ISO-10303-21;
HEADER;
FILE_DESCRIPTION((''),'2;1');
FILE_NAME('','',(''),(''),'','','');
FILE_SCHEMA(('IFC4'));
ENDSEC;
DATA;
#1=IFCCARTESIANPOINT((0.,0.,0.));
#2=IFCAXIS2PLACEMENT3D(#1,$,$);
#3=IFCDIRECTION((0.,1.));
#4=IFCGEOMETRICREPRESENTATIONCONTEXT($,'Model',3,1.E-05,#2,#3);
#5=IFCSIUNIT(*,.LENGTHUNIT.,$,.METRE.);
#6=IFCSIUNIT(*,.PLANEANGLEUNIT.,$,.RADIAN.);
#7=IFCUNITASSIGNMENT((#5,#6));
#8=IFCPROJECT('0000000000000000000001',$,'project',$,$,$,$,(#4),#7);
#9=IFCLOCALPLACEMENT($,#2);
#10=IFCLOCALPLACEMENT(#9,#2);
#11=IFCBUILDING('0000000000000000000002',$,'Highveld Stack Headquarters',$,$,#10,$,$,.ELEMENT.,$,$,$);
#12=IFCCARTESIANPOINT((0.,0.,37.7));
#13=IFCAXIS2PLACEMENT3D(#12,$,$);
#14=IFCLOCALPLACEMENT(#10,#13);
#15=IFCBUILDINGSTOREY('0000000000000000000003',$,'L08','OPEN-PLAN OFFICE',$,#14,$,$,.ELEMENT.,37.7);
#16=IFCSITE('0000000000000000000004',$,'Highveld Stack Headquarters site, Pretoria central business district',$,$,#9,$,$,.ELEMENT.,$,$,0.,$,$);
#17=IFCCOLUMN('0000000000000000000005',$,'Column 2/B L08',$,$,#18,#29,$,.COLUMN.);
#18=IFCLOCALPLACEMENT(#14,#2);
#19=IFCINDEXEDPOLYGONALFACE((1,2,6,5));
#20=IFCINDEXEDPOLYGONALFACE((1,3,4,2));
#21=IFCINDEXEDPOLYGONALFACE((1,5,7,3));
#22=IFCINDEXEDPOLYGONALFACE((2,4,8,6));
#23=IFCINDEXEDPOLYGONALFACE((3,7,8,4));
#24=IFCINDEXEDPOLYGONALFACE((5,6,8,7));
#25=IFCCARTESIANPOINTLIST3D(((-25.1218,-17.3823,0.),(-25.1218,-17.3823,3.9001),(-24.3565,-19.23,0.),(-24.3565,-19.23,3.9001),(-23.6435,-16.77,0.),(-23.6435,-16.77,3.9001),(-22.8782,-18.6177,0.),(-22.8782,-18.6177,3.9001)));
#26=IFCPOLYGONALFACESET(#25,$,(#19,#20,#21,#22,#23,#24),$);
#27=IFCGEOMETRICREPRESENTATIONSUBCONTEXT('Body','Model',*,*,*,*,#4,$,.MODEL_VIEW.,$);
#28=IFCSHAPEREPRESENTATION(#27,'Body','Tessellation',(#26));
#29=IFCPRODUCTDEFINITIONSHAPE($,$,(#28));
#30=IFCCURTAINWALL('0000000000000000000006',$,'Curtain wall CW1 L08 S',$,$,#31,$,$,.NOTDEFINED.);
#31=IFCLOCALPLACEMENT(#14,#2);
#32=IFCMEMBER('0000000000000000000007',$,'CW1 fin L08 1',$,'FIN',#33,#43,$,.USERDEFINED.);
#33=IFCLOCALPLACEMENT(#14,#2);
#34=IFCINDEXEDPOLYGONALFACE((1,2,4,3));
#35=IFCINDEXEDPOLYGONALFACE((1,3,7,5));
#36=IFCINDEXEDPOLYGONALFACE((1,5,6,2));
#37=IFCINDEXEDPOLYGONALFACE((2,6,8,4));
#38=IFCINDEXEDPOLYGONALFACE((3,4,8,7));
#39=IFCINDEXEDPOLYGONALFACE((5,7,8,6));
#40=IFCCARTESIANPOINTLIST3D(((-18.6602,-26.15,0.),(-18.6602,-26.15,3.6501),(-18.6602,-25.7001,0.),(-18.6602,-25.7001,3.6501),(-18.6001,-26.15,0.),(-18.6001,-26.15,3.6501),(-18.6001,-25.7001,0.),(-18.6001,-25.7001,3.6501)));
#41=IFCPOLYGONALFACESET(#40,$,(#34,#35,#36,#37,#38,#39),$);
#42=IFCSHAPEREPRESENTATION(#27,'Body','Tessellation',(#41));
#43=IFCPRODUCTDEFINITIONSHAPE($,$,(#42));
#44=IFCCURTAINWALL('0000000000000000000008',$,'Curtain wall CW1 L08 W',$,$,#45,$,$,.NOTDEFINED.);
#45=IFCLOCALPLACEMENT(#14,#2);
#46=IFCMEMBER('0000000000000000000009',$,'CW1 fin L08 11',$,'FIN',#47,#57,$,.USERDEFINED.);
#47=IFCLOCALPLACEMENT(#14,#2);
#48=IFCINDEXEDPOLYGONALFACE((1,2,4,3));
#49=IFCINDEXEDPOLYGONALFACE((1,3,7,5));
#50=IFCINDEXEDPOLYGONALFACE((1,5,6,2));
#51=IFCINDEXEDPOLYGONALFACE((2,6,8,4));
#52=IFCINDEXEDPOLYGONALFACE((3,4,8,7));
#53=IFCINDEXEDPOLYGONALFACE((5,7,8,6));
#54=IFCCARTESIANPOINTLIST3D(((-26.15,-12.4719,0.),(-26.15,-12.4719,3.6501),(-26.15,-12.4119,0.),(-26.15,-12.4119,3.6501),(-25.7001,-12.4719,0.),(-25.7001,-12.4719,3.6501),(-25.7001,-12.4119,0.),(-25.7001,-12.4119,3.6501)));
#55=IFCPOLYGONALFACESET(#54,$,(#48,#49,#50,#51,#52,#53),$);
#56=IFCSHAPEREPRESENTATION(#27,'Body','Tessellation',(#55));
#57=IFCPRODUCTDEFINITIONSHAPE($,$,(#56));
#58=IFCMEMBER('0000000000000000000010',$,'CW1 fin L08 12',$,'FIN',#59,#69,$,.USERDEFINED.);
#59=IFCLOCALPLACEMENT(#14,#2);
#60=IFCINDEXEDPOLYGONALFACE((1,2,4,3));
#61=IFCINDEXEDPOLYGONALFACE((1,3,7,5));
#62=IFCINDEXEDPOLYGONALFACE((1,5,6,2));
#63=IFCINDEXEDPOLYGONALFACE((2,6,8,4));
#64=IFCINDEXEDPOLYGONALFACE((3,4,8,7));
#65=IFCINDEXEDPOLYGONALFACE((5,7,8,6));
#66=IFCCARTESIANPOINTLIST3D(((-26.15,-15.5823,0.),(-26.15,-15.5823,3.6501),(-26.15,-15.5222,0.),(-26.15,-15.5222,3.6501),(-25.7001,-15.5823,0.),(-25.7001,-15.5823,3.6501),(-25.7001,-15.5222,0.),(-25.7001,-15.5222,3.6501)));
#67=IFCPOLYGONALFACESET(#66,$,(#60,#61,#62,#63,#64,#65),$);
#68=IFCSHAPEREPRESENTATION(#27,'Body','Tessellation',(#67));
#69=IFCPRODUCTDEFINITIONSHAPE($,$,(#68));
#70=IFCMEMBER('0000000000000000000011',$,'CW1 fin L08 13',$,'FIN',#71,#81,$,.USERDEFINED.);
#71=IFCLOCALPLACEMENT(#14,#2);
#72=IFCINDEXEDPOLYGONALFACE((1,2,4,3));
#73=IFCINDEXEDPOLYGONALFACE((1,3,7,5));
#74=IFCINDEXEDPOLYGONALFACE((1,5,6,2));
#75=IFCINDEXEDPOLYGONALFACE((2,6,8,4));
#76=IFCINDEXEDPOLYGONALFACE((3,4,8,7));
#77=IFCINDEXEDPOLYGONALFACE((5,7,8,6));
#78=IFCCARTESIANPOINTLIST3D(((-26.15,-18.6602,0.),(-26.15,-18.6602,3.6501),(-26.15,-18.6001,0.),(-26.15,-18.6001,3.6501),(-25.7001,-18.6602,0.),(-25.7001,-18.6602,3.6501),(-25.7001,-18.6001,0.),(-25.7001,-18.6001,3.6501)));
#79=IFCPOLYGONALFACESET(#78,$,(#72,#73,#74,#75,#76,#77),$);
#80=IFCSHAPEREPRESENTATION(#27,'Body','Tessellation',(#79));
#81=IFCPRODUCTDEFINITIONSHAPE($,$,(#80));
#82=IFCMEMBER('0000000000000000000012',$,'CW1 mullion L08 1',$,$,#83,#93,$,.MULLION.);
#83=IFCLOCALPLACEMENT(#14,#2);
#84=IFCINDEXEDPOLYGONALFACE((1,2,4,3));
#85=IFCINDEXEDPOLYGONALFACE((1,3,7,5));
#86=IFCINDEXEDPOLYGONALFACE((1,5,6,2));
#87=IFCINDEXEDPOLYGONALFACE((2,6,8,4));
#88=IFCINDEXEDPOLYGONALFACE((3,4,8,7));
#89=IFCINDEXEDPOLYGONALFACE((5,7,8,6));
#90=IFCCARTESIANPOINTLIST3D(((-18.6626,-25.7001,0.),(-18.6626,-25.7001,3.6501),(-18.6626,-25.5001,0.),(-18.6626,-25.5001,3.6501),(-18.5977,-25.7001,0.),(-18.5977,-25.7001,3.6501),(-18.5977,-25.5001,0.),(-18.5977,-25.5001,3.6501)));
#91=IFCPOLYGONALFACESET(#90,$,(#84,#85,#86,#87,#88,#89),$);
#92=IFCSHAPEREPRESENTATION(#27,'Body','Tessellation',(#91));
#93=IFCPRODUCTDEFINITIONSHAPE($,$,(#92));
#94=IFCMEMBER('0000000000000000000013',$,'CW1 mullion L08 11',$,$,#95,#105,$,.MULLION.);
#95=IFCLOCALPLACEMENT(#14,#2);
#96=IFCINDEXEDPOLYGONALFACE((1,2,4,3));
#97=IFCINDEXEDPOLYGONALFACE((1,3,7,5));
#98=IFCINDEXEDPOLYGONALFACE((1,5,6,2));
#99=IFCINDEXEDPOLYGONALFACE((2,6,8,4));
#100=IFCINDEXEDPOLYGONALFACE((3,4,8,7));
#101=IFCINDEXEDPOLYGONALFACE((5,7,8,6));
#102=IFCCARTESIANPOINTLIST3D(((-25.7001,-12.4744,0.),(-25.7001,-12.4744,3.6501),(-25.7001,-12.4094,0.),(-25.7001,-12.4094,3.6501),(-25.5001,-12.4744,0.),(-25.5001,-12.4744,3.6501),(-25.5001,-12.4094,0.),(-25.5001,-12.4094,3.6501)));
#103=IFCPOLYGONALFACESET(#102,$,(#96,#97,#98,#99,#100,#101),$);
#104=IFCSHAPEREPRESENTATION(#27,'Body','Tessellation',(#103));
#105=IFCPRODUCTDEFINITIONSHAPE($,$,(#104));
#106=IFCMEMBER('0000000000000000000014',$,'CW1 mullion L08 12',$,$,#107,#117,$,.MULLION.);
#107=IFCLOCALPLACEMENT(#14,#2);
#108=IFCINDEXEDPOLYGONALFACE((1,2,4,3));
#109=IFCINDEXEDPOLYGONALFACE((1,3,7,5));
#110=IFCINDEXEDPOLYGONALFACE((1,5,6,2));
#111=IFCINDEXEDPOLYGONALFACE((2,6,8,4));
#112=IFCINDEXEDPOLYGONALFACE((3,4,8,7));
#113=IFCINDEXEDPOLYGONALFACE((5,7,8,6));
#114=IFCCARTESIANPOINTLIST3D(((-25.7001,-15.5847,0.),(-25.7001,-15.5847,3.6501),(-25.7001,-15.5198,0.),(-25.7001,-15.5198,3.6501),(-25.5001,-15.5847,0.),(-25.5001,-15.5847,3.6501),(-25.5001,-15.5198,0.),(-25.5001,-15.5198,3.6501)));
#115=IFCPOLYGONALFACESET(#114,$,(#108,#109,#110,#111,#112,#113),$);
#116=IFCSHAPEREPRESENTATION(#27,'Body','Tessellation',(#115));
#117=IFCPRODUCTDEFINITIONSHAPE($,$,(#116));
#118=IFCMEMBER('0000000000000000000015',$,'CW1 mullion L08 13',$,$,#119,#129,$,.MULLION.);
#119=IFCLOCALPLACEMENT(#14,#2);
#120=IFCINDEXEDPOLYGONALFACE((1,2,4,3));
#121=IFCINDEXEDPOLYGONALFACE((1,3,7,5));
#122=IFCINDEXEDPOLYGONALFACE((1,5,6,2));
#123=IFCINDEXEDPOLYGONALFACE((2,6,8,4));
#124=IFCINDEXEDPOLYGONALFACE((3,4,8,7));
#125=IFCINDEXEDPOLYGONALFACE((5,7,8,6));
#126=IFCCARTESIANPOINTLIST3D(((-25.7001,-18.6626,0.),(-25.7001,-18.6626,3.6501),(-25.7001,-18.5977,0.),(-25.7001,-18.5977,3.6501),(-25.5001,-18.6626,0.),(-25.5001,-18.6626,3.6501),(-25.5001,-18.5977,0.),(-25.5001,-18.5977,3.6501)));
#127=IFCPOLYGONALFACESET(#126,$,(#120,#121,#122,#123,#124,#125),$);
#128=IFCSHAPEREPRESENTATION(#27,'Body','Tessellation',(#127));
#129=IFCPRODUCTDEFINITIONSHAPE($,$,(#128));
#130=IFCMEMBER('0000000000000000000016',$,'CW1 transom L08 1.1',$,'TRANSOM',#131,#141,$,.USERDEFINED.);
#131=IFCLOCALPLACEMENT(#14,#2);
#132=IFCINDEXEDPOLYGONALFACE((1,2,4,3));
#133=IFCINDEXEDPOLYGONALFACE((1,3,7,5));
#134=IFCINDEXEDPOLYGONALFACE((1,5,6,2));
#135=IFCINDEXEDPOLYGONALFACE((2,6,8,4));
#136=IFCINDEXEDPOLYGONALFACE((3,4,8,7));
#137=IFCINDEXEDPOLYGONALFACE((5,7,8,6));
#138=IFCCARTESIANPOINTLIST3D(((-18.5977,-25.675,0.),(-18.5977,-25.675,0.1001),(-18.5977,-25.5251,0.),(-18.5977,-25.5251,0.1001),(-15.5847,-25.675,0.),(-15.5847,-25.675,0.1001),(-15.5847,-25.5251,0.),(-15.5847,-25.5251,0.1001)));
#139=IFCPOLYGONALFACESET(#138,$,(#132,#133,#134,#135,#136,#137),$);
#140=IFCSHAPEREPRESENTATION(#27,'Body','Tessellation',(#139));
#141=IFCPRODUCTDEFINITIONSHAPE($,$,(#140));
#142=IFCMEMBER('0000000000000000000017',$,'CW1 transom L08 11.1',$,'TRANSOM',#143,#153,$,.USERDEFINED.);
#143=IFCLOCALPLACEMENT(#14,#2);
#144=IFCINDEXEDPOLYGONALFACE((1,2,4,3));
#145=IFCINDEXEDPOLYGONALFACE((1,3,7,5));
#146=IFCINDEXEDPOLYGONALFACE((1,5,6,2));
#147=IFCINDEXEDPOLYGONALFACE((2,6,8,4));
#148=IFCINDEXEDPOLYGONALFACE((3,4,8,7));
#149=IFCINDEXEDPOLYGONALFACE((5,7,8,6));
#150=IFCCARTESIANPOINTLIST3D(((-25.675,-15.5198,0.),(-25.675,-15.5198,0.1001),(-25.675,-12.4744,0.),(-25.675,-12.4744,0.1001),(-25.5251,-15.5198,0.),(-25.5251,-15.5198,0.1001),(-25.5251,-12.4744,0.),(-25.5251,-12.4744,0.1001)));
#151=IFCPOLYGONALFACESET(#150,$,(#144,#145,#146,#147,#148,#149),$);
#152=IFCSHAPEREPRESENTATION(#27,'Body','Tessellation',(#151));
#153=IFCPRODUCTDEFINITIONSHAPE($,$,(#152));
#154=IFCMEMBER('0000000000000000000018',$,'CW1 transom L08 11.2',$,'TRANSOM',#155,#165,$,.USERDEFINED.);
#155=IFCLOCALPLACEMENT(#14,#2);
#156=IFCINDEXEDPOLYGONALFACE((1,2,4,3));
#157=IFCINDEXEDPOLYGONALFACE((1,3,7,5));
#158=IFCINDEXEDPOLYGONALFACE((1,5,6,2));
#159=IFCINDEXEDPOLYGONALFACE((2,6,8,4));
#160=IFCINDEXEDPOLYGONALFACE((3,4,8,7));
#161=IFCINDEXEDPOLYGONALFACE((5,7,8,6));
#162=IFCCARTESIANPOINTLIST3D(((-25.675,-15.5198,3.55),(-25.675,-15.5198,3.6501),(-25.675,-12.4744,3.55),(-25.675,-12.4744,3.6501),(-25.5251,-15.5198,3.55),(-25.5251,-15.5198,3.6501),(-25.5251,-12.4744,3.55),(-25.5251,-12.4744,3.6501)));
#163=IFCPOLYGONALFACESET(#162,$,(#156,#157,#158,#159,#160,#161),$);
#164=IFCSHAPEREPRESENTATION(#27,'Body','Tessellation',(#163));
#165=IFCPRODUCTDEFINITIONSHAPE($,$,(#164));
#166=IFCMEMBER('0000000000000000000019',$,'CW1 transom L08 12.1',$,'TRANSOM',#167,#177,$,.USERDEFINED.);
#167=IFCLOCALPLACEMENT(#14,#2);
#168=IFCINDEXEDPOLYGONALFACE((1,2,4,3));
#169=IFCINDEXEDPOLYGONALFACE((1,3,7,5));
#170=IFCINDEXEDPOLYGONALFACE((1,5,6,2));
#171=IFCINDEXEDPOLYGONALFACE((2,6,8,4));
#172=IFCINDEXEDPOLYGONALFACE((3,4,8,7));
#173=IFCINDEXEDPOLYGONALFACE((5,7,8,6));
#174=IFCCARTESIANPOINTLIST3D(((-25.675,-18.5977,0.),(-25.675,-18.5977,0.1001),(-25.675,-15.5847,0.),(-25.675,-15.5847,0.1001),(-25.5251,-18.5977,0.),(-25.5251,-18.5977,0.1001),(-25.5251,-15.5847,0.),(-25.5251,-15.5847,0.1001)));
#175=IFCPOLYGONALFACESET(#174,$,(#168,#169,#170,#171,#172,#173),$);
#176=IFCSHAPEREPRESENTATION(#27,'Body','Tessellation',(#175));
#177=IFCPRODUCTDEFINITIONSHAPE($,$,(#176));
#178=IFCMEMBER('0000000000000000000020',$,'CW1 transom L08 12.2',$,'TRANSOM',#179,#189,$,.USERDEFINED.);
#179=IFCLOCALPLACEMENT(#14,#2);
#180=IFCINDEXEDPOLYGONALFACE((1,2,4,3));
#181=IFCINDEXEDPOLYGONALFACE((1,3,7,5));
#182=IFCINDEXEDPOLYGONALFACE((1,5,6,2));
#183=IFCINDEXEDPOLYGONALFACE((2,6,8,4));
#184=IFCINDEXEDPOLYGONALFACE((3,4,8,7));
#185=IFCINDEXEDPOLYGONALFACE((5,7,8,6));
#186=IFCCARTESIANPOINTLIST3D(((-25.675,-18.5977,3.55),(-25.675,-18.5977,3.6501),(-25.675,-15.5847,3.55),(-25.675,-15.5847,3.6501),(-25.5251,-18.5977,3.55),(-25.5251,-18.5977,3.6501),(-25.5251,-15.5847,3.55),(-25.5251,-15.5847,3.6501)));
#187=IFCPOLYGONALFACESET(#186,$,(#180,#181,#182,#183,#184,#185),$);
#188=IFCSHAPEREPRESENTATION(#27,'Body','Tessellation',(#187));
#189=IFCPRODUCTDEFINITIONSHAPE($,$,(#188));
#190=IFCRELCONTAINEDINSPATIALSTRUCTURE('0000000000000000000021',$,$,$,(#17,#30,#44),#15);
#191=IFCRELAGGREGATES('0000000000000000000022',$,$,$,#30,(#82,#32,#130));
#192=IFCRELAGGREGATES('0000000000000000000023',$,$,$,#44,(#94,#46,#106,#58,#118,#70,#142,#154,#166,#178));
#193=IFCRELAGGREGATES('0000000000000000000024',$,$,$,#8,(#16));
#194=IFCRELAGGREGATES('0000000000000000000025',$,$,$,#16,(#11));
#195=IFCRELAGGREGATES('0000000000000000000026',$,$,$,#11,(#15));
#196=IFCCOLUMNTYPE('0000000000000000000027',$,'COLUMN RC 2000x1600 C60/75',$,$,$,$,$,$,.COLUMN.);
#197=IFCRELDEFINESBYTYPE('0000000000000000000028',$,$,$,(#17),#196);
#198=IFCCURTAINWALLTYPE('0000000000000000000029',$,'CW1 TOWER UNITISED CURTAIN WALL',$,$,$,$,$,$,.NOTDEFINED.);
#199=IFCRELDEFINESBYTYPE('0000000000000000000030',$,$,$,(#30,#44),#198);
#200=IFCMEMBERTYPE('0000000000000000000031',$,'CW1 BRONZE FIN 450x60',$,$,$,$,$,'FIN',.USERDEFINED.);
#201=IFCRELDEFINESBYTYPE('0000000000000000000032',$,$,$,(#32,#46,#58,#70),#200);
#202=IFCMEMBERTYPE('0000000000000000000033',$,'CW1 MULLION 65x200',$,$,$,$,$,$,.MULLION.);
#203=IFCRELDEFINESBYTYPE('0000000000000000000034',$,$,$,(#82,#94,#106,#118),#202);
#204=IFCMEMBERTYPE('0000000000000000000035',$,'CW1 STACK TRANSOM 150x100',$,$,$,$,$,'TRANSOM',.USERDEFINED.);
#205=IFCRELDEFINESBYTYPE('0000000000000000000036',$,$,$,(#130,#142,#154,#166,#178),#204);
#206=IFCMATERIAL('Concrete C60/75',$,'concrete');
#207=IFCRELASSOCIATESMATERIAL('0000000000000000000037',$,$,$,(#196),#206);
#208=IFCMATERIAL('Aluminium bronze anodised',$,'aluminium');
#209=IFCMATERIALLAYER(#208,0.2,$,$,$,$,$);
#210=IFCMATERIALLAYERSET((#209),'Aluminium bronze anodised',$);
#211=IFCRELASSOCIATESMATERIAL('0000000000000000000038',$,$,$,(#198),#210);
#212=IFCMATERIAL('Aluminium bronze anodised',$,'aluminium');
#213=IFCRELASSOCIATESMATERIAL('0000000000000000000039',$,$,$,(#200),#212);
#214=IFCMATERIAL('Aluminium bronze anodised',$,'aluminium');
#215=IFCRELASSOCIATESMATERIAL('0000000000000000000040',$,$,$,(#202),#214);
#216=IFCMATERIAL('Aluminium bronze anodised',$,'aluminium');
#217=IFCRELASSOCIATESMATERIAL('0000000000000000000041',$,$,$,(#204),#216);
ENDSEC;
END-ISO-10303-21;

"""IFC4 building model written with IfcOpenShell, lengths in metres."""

from ifc_helpers import new_model, si_unit, direction, frame, origin, origin_2d, place, context, subcontext, project, spatial, rectangle, extrude, material, layer, layer_set, material_profile, profile_set, type_object, element, aggregate, save


model = new_model("IFC4")

# Units and contexts
model_context = context("Model", 3, precision=1e-05, world=origin(), true_north=direction((0.0, 1.0)))
body_context = subcontext(model_context, "Body", "Model", "MODEL_VIEW")
ifc_project = project(units=[si_unit("LENGTHUNIT", "METRE"), si_unit("PLANEANGLEUNIT", "RADIAN")], contexts=[model_context])

# Site, building, storey
site_placement = place(None, origin())
site = spatial("IfcSite", under=ifc_project, at=site_placement, Name="Highveld Stack Headquarters site, Pretoria central business district", CompositionType="ELEMENT", RefElevation=0.0)
building_placement = place(site_placement, origin())
building = spatial("IfcBuilding", under=site, at=building_placement, Name="Highveld Stack Headquarters", CompositionType="ELEMENT")
storey_placement = place(building_placement, frame((0.0, 0.0, 37.7)))
storey = spatial("IfcBuildingStorey", under=building, at=storey_placement, Name="L08", Description="OPEN-PLAN OFFICE", CompositionType="ELEMENT", Elevation=37.7)

# Column
ifc_material_1 = material(Name="Concrete C60/75", Category="concrete")
ifc_material_profile_1 = material_profile(ifc_material_1, rectangle(XDim=2.0, YDim=1.6001, at=origin_2d()), Name="RC 2000x1600")
ifc_profile_set_1 = profile_set([ifc_material_profile_1], Name="Concrete C60/75")
column_type = type_object("IfcColumnType", Name="COLUMN RC 2000x1600 C60/75", PredefinedType="COLUMN", material=ifc_profile_set_1)
column_placement = place(storey_placement, frame((-24.0, -18.0, 0.0), z_axis=(0.0, 0.0, 1.0), x_axis=(-0.382683, 0.92388, 0.0)))
element("IfcColumn", 1, at=column_placement, inside=storey, type_object=column_type, Name="Column 2/B L08", PredefinedType="COLUMN", context=body_context, shape_type="SweptSolid", body=[
    extrude(rectangle(XDim=2.0, YDim=1.6001, at=origin_2d()), origin(), (0.0, 0.0, 1.0), 3.9001),
])

# Curtain wall, member
ifc_material_2 = material(Name="Aluminium bronze anodised", Category="aluminium")
ifc_layer_1 = layer(ifc_material_2, 0.2)
ifc_layer_set_1 = layer_set([ifc_layer_1], Name="Aluminium bronze anodised")
curtain_wall_type_1 = type_object("IfcCurtainWallType", Name="CW1 TOWER UNITISED CURTAIN WALL", PredefinedType="NOTDEFINED", material=ifc_layer_set_1)
curtain_wall_1_placement = place(storey_placement, origin())
curtain_wall_1 = element("IfcCurtainWall", 2, at=curtain_wall_1_placement, inside=storey, type_object=curtain_wall_type_1, Name="Curtain wall CW1 L08 S", PredefinedType="NOTDEFINED")
ifc_material_3 = material(Name="Aluminium bronze anodised", Category="aluminium")
ifc_material_profile_2 = material_profile(ifc_material_3, rectangle(XDim=0.45, YDim=0.0601, at=origin_2d()), Name="FIN 450x60")
ifc_profile_set_2 = profile_set([ifc_material_profile_2], Name="Aluminium bronze anodised")
member_type_1 = type_object("IfcMemberType", Name="CW1 BRONZE FIN 450x60", ElementType="FIN", PredefinedType="USERDEFINED", material=ifc_profile_set_2)
member_1_placement = place(storey_placement, frame((-18.6301, -25.925, 0.0), z_axis=(0.0, 0.0, 1.0), x_axis=(0.0, 1.0, 0.0)))
member_1 = element("IfcMember", 3, at=member_1_placement, type_object=member_type_1, Name="CW1 fin L08 1", ObjectType="FIN", PredefinedType="USERDEFINED", context=body_context, shape_type="SweptSolid", body=[
    extrude(rectangle(XDim=0.45, YDim=0.0601, at=origin_2d()), origin(), (0.0, 0.0, 1.0), 3.6501),
])

# Curtain wall, members
curtain_wall_2_placement = place(storey_placement, origin())
curtain_wall_2 = element("IfcCurtainWall", 4, at=curtain_wall_2_placement, inside=storey, type_object=curtain_wall_type_1, Name="Curtain wall CW1 L08 W", PredefinedType="NOTDEFINED")
member_2_placement = place(storey_placement, frame((-25.925, -12.4419, 0.0), z_axis=(0.0, 0.0, 1.0), x_axis=(1.0, 0.0, 0.0)))
member_2 = element("IfcMember", 5, at=member_2_placement, type_object=member_type_1, Name="CW1 fin L08 11", ObjectType="FIN", PredefinedType="USERDEFINED", context=body_context, shape_type="SweptSolid", body=[
    extrude(rectangle(XDim=0.45, YDim=0.0601, at=origin_2d()), origin(), (0.0, 0.0, 1.0), 3.6501),
])
member_3_placement = place(storey_placement, frame((-25.925, -15.5522, 0.0), z_axis=(0.0, 0.0, 1.0), x_axis=(1.0, 0.0, 0.0)))
member_3 = element("IfcMember", 6, at=member_3_placement, type_object=member_type_1, Name="CW1 fin L08 12", ObjectType="FIN", PredefinedType="USERDEFINED", context=body_context, shape_type="SweptSolid", body=[
    extrude(rectangle(XDim=0.45, YDim=0.0601, at=origin_2d()), origin(), (0.0, 0.0, 1.0), 3.6501),
])
member_4_placement = place(storey_placement, frame((-25.925, -18.6301, 0.0), z_axis=(0.0, 0.0, 1.0), x_axis=(1.0, 0.0, 0.0)))
member_4 = element("IfcMember", 7, at=member_4_placement, type_object=member_type_1, Name="CW1 fin L08 13", ObjectType="FIN", PredefinedType="USERDEFINED", context=body_context, shape_type="SweptSolid", body=[
    extrude(rectangle(XDim=0.45, YDim=0.0601, at=origin_2d()), origin(), (0.0, 0.0, 1.0), 3.6501),
])

# Members
ifc_material_4 = material(Name="Aluminium bronze anodised", Category="aluminium")
ifc_material_profile_3 = material_profile(ifc_material_4, rectangle(XDim=0.2, YDim=0.0649, at=origin_2d()), Name="CW1 MULLION 65x200")
ifc_profile_set_3 = profile_set([ifc_material_profile_3], Name="Aluminium bronze anodised")
member_type_2 = type_object("IfcMemberType", Name="CW1 MULLION 65x200", PredefinedType="MULLION", material=ifc_profile_set_3)
member_5_placement = place(storey_placement, frame((-18.6301, -25.6001, 0.0), z_axis=(0.0, 0.0, 1.0), x_axis=(0.0, 1.0, 0.0)))
member_5 = element("IfcMember", 8, at=member_5_placement, type_object=member_type_2, Name="CW1 mullion L08 1", PredefinedType="MULLION", context=body_context, shape_type="SweptSolid", body=[
    extrude(rectangle(XDim=0.2, YDim=0.0649, at=origin_2d()), origin(), (0.0, 0.0, 1.0), 3.6501),
])
member_6_placement = place(storey_placement, frame((-25.6001, -12.4419, 0.0), z_axis=(0.0, 0.0, 1.0), x_axis=(1.0, 0.0, 0.0)))
member_6 = element("IfcMember", 9, at=member_6_placement, type_object=member_type_2, Name="CW1 mullion L08 11", PredefinedType="MULLION", context=body_context, shape_type="SweptSolid", body=[
    extrude(rectangle(XDim=0.2, YDim=0.0649, at=origin_2d()), origin(), (0.0, 0.0, 1.0), 3.6501),
])
member_7_placement = place(storey_placement, frame((-25.6001, -15.5522, 0.0), z_axis=(0.0, 0.0, 1.0), x_axis=(1.0, 0.0, 0.0)))
member_7 = element("IfcMember", 10, at=member_7_placement, type_object=member_type_2, Name="CW1 mullion L08 12", PredefinedType="MULLION", context=body_context, shape_type="SweptSolid", body=[
    extrude(rectangle(XDim=0.2, YDim=0.0649, at=origin_2d()), origin(), (0.0, 0.0, 1.0), 3.6501),
])
member_8_placement = place(storey_placement, frame((-25.6001, -18.6301, 0.0), z_axis=(0.0, 0.0, 1.0), x_axis=(1.0, 0.0, 0.0)))
member_8 = element("IfcMember", 11, at=member_8_placement, type_object=member_type_2, Name="CW1 mullion L08 13", PredefinedType="MULLION", context=body_context, shape_type="SweptSolid", body=[
    extrude(rectangle(XDim=0.2, YDim=0.0649, at=origin_2d()), origin(), (0.0, 0.0, 1.0), 3.6501),
])
ifc_material_5 = material(Name="Aluminium bronze anodised", Category="aluminium")
ifc_material_profile_4 = material_profile(ifc_material_5, rectangle(XDim=0.1499, YDim=0.1001, at=origin_2d()), Name="CW1 TRANSOM 150x100")
ifc_profile_set_4 = profile_set([ifc_material_profile_4], Name="Aluminium bronze anodised")
member_type_3 = type_object("IfcMemberType", Name="CW1 STACK TRANSOM 150x100", ElementType="TRANSOM", PredefinedType="USERDEFINED", material=ifc_profile_set_4)
member_9_placement = place(storey_placement, frame((-18.5977, -25.6001, 0.05), z_axis=(1.0, 0.0, 0.0), x_axis=(0.0, 1.0, 0.0)))
member_9 = element("IfcMember", 12, at=member_9_placement, type_object=member_type_3, Name="CW1 transom L08 1.1", ObjectType="TRANSOM", PredefinedType="USERDEFINED", context=body_context, shape_type="SweptSolid", body=[
    extrude(rectangle(XDim=0.1499, YDim=0.1001, at=origin_2d()), origin(), (0.0, 0.0, 1.0), 3.0129),
])
aggregate(curtain_wall_1, [member_5, member_1, member_9])
member_10_placement = place(storey_placement, frame((-25.6001, -12.4744, 0.05), z_axis=(0.0, -1.0, 0.0), x_axis=(1.0, 0.0, 0.0)))
member_10 = element("IfcMember", 13, at=member_10_placement, type_object=member_type_3, Name="CW1 transom L08 11.1", ObjectType="TRANSOM", PredefinedType="USERDEFINED", context=body_context, shape_type="SweptSolid", body=[
    extrude(rectangle(XDim=0.1499, YDim=0.1001, at=origin_2d()), origin(), (0.0, 0.0, 1.0), 3.0454),
])
member_11_placement = place(storey_placement, frame((-25.6001, -12.4744, 3.6001), z_axis=(0.0, -1.0, 0.0), x_axis=(1.0, 0.0, 0.0)))
member_11 = element("IfcMember", 14, at=member_11_placement, type_object=member_type_3, Name="CW1 transom L08 11.2", ObjectType="TRANSOM", PredefinedType="USERDEFINED", context=body_context, shape_type="SweptSolid", body=[
    extrude(rectangle(XDim=0.1499, YDim=0.1001, at=origin_2d()), origin(), (0.0, 0.0, 1.0), 3.0454),
])
member_12_placement = place(storey_placement, frame((-25.6001, -15.5847, 0.05), z_axis=(0.0, -1.0, 0.0), x_axis=(1.0, 0.0, 0.0)))
member_12 = element("IfcMember", 15, at=member_12_placement, type_object=member_type_3, Name="CW1 transom L08 12.1", ObjectType="TRANSOM", PredefinedType="USERDEFINED", context=body_context, shape_type="SweptSolid", body=[
    extrude(rectangle(XDim=0.1499, YDim=0.1001, at=origin_2d()), origin(), (0.0, 0.0, 1.0), 3.0129),
])
member_13_placement = place(storey_placement, frame((-25.6001, -15.5847, 3.6001), z_axis=(0.0, -1.0, 0.0), x_axis=(1.0, 0.0, 0.0)))
member_13 = element("IfcMember", 16, at=member_13_placement, type_object=member_type_3, Name="CW1 transom L08 12.2", ObjectType="TRANSOM", PredefinedType="USERDEFINED", context=body_context, shape_type="SweptSolid", body=[
    extrude(rectangle(XDim=0.1499, YDim=0.1001, at=origin_2d()), origin(), (0.0, 0.0, 1.0), 3.0129),
])

aggregate(curtain_wall_2, [member_6, member_2, member_7, member_3, member_8, member_4, member_10, member_11, member_12, member_13])

save(model, "model.ifc")
